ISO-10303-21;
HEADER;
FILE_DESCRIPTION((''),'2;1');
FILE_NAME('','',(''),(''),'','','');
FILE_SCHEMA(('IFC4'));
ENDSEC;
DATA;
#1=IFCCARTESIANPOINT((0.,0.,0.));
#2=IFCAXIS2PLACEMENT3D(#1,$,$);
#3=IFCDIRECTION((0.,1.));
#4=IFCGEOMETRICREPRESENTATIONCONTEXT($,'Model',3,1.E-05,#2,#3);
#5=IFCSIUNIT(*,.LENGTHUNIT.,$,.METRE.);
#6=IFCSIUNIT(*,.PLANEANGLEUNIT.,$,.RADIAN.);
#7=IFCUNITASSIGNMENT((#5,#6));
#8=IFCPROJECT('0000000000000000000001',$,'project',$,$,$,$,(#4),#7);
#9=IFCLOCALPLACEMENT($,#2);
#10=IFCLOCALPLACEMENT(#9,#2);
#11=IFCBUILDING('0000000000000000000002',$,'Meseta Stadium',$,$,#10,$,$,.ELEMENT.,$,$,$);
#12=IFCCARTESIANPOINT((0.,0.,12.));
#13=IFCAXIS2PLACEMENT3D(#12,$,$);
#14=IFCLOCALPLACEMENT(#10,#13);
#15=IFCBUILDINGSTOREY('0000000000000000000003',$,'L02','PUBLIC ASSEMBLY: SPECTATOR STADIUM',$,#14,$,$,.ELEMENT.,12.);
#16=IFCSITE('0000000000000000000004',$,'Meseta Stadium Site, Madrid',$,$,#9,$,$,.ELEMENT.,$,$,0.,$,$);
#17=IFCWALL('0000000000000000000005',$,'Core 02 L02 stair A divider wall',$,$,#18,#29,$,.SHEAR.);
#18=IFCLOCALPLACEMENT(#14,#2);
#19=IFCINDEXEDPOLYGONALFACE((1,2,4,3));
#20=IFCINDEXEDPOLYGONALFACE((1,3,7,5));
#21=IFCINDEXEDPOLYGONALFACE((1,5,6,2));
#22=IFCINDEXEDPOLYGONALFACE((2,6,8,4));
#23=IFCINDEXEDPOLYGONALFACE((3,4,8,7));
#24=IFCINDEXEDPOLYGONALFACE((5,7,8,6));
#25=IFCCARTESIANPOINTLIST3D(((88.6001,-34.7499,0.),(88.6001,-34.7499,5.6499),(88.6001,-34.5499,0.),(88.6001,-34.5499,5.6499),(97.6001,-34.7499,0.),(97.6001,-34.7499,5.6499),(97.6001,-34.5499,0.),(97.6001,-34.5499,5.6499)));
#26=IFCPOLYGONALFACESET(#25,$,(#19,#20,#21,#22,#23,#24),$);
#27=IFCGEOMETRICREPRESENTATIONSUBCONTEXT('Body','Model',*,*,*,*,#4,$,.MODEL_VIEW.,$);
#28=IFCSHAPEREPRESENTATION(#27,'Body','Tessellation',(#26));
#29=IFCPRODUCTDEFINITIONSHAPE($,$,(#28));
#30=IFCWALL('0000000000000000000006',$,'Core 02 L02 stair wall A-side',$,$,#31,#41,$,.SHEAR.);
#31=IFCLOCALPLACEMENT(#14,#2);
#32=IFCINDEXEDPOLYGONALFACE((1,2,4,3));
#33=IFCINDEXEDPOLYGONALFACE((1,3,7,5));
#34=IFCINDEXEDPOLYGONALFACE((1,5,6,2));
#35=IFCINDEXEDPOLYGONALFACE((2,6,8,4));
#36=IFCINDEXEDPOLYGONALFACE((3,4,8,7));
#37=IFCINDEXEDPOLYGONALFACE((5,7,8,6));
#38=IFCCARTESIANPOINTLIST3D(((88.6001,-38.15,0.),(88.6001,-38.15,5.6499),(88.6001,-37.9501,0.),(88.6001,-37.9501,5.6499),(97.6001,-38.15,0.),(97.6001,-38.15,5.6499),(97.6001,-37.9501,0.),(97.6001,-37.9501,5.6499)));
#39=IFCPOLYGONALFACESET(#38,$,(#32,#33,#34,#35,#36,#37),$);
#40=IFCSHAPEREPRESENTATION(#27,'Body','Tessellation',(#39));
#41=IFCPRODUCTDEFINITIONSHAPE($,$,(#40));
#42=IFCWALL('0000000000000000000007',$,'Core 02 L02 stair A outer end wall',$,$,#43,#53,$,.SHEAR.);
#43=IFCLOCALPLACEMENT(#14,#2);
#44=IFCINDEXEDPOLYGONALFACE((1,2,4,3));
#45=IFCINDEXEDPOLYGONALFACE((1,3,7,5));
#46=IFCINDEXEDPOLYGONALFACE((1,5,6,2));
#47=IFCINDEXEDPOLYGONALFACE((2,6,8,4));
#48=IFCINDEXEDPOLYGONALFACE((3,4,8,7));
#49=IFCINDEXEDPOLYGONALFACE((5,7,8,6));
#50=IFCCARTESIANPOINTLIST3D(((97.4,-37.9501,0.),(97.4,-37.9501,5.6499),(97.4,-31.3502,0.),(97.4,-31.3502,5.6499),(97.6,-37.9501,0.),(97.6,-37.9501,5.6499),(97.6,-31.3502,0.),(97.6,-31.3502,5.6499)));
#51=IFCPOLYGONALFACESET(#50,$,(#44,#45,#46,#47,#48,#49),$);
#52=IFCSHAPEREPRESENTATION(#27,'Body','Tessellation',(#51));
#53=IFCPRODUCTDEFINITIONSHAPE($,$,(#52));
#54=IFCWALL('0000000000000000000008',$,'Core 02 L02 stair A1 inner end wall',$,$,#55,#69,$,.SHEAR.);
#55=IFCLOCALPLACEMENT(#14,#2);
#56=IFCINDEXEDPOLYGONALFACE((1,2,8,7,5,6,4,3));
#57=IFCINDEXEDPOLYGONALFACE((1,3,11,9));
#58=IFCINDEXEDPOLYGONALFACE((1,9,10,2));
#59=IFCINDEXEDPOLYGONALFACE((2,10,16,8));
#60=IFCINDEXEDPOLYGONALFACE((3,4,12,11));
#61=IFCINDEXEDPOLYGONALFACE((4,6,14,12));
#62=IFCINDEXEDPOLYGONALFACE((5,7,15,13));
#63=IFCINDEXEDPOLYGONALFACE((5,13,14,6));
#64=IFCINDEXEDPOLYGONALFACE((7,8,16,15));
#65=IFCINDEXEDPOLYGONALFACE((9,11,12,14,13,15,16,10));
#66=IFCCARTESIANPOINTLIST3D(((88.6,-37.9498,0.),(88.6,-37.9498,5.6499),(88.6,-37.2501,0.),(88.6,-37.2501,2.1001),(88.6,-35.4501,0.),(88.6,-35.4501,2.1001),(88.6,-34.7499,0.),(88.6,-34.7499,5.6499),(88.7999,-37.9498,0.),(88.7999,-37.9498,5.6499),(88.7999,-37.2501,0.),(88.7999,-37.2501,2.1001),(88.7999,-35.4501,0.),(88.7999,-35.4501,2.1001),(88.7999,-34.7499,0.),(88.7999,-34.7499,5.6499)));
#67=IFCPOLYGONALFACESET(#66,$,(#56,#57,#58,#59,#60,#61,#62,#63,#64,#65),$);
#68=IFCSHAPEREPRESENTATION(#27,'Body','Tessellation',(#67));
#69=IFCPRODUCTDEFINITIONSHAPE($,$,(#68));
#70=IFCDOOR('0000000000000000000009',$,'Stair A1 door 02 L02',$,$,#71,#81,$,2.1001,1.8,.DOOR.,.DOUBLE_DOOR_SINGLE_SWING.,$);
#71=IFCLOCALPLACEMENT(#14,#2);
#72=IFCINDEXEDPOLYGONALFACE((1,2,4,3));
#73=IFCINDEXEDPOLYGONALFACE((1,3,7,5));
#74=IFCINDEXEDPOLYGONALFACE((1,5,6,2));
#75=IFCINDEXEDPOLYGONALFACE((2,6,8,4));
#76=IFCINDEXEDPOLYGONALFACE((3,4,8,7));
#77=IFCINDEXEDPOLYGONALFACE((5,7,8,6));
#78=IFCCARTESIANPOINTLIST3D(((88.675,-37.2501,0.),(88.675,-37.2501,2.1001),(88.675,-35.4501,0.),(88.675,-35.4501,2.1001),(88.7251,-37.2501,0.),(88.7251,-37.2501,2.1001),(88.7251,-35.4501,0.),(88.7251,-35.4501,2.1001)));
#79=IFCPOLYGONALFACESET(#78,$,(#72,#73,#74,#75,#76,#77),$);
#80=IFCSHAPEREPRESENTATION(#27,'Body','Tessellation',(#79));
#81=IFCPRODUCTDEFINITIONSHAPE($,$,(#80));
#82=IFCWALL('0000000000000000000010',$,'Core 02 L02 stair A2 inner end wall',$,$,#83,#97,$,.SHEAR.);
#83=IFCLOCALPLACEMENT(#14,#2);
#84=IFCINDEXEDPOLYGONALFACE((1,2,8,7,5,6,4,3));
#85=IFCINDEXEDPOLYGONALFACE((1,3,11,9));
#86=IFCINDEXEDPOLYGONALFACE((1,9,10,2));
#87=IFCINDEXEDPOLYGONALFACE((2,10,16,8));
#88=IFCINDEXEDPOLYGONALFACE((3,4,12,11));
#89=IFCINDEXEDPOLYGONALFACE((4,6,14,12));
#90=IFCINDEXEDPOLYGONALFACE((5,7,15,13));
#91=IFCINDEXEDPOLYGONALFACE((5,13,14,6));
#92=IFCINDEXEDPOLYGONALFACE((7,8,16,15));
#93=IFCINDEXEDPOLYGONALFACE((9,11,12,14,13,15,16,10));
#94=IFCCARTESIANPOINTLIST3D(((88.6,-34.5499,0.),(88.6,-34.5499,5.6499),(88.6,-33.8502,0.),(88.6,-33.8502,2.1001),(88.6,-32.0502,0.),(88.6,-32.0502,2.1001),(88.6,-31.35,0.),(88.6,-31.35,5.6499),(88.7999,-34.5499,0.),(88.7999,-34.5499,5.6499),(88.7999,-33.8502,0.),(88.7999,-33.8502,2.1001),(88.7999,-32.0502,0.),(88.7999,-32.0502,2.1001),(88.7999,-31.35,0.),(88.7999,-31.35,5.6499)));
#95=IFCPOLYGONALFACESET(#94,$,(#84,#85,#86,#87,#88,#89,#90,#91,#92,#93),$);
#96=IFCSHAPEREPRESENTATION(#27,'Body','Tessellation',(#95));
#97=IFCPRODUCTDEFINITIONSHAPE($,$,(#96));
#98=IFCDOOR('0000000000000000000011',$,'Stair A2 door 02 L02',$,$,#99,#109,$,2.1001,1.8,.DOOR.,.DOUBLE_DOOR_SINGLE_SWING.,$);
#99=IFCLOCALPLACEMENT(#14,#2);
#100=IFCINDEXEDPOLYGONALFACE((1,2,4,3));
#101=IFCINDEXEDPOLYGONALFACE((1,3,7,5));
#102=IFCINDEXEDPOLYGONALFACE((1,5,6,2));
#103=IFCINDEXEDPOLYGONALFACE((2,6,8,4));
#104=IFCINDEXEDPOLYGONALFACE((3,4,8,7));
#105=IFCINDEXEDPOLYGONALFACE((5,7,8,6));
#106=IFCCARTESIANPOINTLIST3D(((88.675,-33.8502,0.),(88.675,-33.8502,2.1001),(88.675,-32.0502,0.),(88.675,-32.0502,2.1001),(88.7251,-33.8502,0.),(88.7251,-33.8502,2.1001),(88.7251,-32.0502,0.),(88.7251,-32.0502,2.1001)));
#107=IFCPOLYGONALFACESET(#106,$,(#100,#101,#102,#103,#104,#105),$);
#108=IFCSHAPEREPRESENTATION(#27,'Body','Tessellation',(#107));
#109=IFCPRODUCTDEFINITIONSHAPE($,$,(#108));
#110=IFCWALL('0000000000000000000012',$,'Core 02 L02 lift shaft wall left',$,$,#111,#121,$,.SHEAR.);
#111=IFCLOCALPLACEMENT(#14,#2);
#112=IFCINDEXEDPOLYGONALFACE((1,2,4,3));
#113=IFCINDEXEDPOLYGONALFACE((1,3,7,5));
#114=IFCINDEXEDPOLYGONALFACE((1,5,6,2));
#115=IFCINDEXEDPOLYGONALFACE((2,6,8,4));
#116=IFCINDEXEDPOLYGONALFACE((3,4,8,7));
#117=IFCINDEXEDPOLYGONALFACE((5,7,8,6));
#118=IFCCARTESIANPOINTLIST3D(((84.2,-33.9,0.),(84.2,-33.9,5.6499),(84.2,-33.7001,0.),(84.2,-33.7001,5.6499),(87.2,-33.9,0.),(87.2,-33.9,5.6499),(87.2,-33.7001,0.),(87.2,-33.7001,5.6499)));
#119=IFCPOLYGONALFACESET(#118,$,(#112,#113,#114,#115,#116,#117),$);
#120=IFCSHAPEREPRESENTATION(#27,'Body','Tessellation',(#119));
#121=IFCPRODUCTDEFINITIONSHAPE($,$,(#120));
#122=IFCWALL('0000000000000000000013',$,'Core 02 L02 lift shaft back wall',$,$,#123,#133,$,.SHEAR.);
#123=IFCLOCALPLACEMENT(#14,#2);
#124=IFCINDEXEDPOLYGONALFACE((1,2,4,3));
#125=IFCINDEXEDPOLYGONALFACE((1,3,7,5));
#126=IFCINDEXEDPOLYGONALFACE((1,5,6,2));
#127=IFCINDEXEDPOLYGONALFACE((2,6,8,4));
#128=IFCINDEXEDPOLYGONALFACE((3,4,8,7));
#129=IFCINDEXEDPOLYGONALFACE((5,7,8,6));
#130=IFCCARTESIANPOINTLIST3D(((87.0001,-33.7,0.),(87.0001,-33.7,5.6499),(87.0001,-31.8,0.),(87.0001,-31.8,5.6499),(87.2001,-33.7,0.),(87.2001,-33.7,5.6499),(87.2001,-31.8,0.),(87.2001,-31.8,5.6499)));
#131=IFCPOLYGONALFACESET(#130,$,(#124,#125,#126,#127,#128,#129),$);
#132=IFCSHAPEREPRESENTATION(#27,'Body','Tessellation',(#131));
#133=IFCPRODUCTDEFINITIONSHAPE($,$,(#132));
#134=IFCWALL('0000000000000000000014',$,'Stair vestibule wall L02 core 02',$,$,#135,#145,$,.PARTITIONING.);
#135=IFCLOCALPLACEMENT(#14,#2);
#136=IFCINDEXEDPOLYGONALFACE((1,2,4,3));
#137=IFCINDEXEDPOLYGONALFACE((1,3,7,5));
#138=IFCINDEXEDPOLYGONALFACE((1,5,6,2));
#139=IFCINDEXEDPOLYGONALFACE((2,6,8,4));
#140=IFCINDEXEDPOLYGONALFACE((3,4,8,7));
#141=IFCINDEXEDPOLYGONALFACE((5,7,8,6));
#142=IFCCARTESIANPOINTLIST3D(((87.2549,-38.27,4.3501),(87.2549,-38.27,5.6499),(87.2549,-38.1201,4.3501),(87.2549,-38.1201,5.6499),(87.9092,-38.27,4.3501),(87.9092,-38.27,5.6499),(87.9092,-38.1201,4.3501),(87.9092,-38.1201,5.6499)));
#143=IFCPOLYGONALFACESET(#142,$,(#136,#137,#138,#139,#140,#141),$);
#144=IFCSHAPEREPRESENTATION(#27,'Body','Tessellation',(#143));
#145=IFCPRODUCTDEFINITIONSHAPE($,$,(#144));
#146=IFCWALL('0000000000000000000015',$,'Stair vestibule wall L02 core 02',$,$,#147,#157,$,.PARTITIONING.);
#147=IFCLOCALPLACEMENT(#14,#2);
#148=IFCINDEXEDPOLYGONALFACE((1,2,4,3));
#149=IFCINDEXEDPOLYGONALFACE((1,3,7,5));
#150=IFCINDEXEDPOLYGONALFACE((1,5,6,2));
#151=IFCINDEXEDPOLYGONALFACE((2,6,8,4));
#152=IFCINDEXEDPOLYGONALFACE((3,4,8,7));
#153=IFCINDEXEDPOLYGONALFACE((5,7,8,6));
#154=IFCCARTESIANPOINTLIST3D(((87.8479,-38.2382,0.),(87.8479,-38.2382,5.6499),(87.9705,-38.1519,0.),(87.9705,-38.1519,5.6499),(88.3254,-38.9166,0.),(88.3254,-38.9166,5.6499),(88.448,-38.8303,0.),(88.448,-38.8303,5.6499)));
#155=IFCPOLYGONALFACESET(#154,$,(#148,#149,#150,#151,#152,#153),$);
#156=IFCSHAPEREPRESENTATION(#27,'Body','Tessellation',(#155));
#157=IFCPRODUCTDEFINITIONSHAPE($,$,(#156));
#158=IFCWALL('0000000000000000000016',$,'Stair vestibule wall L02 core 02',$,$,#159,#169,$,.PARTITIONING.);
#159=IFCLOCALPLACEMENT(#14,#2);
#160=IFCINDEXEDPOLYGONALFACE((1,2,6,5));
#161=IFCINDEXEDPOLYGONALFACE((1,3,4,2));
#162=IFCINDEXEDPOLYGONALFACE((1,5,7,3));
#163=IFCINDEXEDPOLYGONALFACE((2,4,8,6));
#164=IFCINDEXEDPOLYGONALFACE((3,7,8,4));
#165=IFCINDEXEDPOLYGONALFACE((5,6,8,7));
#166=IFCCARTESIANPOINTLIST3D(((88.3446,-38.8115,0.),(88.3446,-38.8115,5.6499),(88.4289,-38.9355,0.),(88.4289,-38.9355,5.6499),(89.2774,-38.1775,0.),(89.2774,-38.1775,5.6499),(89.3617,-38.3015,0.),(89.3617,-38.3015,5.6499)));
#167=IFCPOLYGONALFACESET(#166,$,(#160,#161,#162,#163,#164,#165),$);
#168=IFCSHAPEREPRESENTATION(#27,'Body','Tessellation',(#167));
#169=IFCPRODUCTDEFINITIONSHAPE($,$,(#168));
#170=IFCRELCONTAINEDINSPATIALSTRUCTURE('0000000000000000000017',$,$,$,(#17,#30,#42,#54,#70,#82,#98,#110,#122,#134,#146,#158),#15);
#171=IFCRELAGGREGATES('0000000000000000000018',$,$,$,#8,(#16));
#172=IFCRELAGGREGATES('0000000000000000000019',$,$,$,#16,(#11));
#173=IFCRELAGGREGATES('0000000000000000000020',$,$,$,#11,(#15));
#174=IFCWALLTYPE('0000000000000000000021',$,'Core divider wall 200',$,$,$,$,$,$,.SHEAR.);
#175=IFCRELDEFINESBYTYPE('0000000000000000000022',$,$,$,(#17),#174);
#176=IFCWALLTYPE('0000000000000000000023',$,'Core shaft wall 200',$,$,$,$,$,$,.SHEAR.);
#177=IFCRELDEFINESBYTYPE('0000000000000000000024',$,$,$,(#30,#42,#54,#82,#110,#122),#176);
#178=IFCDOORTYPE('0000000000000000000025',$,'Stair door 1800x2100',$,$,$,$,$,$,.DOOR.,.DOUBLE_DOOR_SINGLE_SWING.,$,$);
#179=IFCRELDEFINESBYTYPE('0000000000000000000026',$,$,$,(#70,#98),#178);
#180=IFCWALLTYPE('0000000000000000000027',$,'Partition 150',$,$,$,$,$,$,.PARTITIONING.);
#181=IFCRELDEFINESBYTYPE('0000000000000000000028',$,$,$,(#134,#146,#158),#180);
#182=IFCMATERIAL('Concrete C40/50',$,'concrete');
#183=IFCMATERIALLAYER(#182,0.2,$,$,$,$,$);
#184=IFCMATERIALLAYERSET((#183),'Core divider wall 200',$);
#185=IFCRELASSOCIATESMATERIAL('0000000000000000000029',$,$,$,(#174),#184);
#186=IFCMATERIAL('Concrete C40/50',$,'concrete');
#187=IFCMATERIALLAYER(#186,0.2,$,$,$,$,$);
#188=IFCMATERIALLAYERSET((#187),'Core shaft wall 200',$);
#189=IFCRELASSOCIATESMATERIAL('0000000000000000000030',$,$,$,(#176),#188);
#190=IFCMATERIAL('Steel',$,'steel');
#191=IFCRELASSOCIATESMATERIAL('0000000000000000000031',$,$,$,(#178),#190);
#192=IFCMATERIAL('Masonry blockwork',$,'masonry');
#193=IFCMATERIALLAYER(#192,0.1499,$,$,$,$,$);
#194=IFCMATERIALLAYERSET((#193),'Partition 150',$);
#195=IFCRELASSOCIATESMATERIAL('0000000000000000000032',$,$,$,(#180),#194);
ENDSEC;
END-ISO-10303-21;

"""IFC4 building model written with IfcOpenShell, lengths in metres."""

from ifc_helpers import new_model, si_unit, direction, frame, frame_2d, origin, place, context, subcontext, project, spatial, rectangle, extrude, material, layer, layer_set, type_object, element, fill, save


model = new_model("IFC4")

# Units and contexts
model_context = context("Model", 3, precision=1e-05, world=origin(), true_north=direction((0.0, 1.0)))
body_context = subcontext(model_context, "Body", "Model", "MODEL_VIEW")
ifc_project = project(units=[si_unit("LENGTHUNIT", "METRE"), si_unit("PLANEANGLEUNIT", "RADIAN")], contexts=[model_context])

# Site, building, storey
site_placement = place(None, origin())
site = spatial("IfcSite", under=ifc_project, at=site_placement, Name="Meseta Stadium Site, Madrid", CompositionType="ELEMENT", RefElevation=0.0)
building_placement = place(site_placement, origin())
building = spatial("IfcBuilding", under=site, at=building_placement, Name="Meseta Stadium", CompositionType="ELEMENT")
storey_placement = place(building_placement, frame((0.0, 0.0, 12.0)))
storey = spatial("IfcBuildingStorey", under=building, at=storey_placement, Name="L02", Description="PUBLIC ASSEMBLY: SPECTATOR STADIUM", CompositionType="ELEMENT", Elevation=12.0)

# Walls
ifc_material_1 = material(Name="Concrete C40/50", Category="concrete")
ifc_layer_1 = layer(ifc_material_1, 0.2)
ifc_layer_set_1 = layer_set([ifc_layer_1], Name="Core divider wall 200")
wall_type_1 = type_object("IfcWallType", Name="Core divider wall 200", PredefinedType="SHEAR", material=ifc_layer_set_1)
wall_1_placement = place(storey_placement, frame((97.6001, -34.6499, 0.0), z_axis=(0.0, 0.0, 1.0), x_axis=(-1.0, 0.0, 0.0)))
element("IfcWall", 1, at=wall_1_placement, inside=storey, type_object=wall_type_1, Name="Core 02 L02 stair A divider wall", PredefinedType="SHEAR", context=body_context, shape_type="SweptSolid", body=[
    extrude(rectangle(XDim=9.0, YDim=0.2, at=frame_2d((4.5, 0.0))), origin(), (0.0, 0.0, 1.0), 5.6499),
])
ifc_material_2 = material(Name="Concrete C40/50", Category="concrete")
ifc_layer_2 = layer(ifc_material_2, 0.2)
ifc_layer_set_2 = layer_set([ifc_layer_2], Name="Core shaft wall 200")
wall_type_2 = type_object("IfcWallType", Name="Core shaft wall 200", PredefinedType="SHEAR", material=ifc_layer_set_2)
wall_2_placement = place(storey_placement, frame((97.6001, -38.05, 0.0), z_axis=(0.0, 0.0, 1.0), x_axis=(-1.0, 0.0, 0.0)))
element("IfcWall", 2, at=wall_2_placement, inside=storey, type_object=wall_type_2, Name="Core 02 L02 stair wall A-side", PredefinedType="SHEAR", context=body_context, shape_type="SweptSolid", body=[
    extrude(rectangle(XDim=9.0, YDim=0.2, at=frame_2d((4.5, 0.0))), origin(), (0.0, 0.0, 1.0), 5.6499),
])
wall_3_placement = place(storey_placement, frame((97.5, -37.95, 0.0), z_axis=(0.0, 0.0, 1.0), x_axis=(0.0, 1.0, 0.0)))
element("IfcWall", 3, at=wall_3_placement, inside=storey, type_object=wall_type_2, Name="Core 02 L02 stair A outer end wall", PredefinedType="SHEAR", context=body_context, shape_type="SweptSolid", body=[
    extrude(rectangle(XDim=6.5999, YDim=0.2, at=frame_2d((3.2998, 0.0))), origin(), (0.0, 0.0, 1.0), 5.6499),
])

# Walls, openings, doors
wall_4_placement = place(storey_placement, frame((88.7, -37.95, 0.0), z_axis=(0.0, 0.0, 1.0), x_axis=(0.0, 1.0, 0.0)))
wall_4 = element("IfcWall", 4, at=wall_4_placement, inside=storey, type_object=wall_type_2, Name="Core 02 L02 stair A1 inner end wall", PredefinedType="SHEAR", context=body_context, shape_type="SweptSolid", body=[
    extrude(rectangle(XDim=3.2, YDim=0.2, at=frame_2d((1.6001, 0.0))), origin(), (0.0, 0.0, 1.0), 5.6499),
])
opening_1_placement = place(wall_4_placement, frame((0.7, 0.0, 0.0)))
opening_1 = element("IfcOpeningElement", 5, at=opening_1_placement, cuts=wall_4, PredefinedType="OPENING", context=body_context, shape_type="SweptSolid", body=[
    extrude(rectangle(XDim=1.8, YDim=2.1001, at=frame_2d((0.8999, 1.05))), frame((0.0, 0.1099, 0.0), z_axis=(0.0, -1.0, 0.0), x_axis=(1.0, 0.0, 0.0)), (0.0, 0.0, 1.0), 0.22),
])
ifc_material_3 = material(Name="Steel", Category="steel")
door_type = type_object("IfcDoorType", Name="Stair door 1800x2100", OperationType="DOUBLE_DOOR_SINGLE_SWING", PredefinedType="DOOR", material=ifc_material_3)
door_1_placement = place(opening_1_placement, origin())
door_1 = element("IfcDoor", 6, at=door_1_placement, inside=storey, type_object=door_type, Name="Stair A1 door 02 L02", OperationType="DOUBLE_DOOR_SINGLE_SWING", OverallHeight=2.1001, OverallWidth=1.8, PredefinedType="DOOR", context=body_context, shape_type="SweptSolid", body=[
    extrude(rectangle(XDim=1.8, YDim=2.1001, at=frame_2d((0.8999, 1.05))), frame((0.0, 0.0249, 0.0), z_axis=(0.0, -1.0, 0.0), x_axis=(1.0, 0.0, 0.0)), (0.0, 0.0, 1.0), 0.05),
])
fill(opening_1, door_1)
wall_5_placement = place(storey_placement, frame((88.7, -34.55, 0.0), z_axis=(0.0, 0.0, 1.0), x_axis=(0.0, 1.0, 0.0)))
wall_5 = element("IfcWall", 7, at=wall_5_placement, inside=storey, type_object=wall_type_2, Name="Core 02 L02 stair A2 inner end wall", PredefinedType="SHEAR", context=body_context, shape_type="SweptSolid", body=[
    extrude(rectangle(XDim=3.2, YDim=0.2, at=frame_2d((1.6001, 0.0))), origin(), (0.0, 0.0, 1.0), 5.6499),
])
opening_2_placement = place(wall_5_placement, frame((0.7, 0.0, 0.0)))
opening_2 = element("IfcOpeningElement", 8, at=opening_2_placement, cuts=wall_5, PredefinedType="OPENING", context=body_context, shape_type="SweptSolid", body=[
    extrude(rectangle(XDim=1.8, YDim=2.1001, at=frame_2d((0.8999, 1.05))), frame((0.0, 0.1099, 0.0), z_axis=(0.0, -1.0, 0.0), x_axis=(1.0, 0.0, 0.0)), (0.0, 0.0, 1.0), 0.22),
])
door_2_placement = place(opening_2_placement, origin())
door_2 = element("IfcDoor", 9, at=door_2_placement, inside=storey, type_object=door_type, Name="Stair A2 door 02 L02", OperationType="DOUBLE_DOOR_SINGLE_SWING", OverallHeight=2.1001, OverallWidth=1.8, PredefinedType="DOOR", context=body_context, shape_type="SweptSolid", body=[
    extrude(rectangle(XDim=1.8, YDim=2.1001, at=frame_2d((0.8999, 1.05))), frame((0.0, 0.0249, 0.0), z_axis=(0.0, -1.0, 0.0), x_axis=(1.0, 0.0, 0.0)), (0.0, 0.0, 1.0), 0.05),
])
fill(opening_2, door_2)

# Walls
wall_6_placement = place(storey_placement, frame((87.2, -33.8, 0.0), z_axis=(0.0, 0.0, 1.0), x_axis=(-1.0, 0.0, 0.0)))
element("IfcWall", 10, at=wall_6_placement, inside=storey, type_object=wall_type_2, Name="Core 02 L02 lift shaft wall left", PredefinedType="SHEAR", context=body_context, shape_type="SweptSolid", body=[
    extrude(rectangle(XDim=3.0, YDim=0.2, at=frame_2d((1.5, 0.0))), origin(), (0.0, 0.0, 1.0), 5.6499),
])
wall_7_placement = place(storey_placement, frame((87.1001, -33.7, 0.0), z_axis=(0.0, 0.0, 1.0), x_axis=(0.0, 1.0, 0.0)))
element("IfcWall", 11, at=wall_7_placement, inside=storey, type_object=wall_type_2, Name="Core 02 L02 lift shaft back wall", PredefinedType="SHEAR", context=body_context, shape_type="SweptSolid", body=[
    extrude(rectangle(XDim=1.8999, YDim=0.2, at=frame_2d((0.95, 0.0))), origin(), (0.0, 0.0, 1.0), 5.6499),
])
ifc_material_4 = material(Name="Masonry blockwork", Category="masonry")
ifc_layer_3 = layer(ifc_material_4, 0.1499)
ifc_layer_set_3 = layer_set([ifc_layer_3], Name="Partition 150")
wall_type_3 = type_object("IfcWallType", Name="Partition 150", PredefinedType="PARTITIONING", material=ifc_layer_set_3)
wall_8_placement = place(storey_placement, frame((87.2549, -38.1951, 4.3501), z_axis=(0.0, 0.0, 1.0), x_axis=(1.0, 0.0, 0.0)))
element("IfcWall", 12, at=wall_8_placement, inside=storey, type_object=wall_type_3, Name="Stair vestibule wall L02 core 02", PredefinedType="PARTITIONING", context=body_context, shape_type="SweptSolid", body=[
    extrude(rectangle(XDim=0.6543, YDim=0.1499, at=frame_2d((0.3271, 0.0))), origin(), (0.0, 0.0, 1.0), 1.2998),
])
wall_9_placement = place(storey_placement, frame((87.9092, -38.1951, 0.0), z_axis=(0.0, 0.0, 1.0), x_axis=(0.575574, -0.81775, 0.0)))
element("IfcWall", 13, at=wall_9_placement, inside=storey, type_object=wall_type_3, Name="Stair vestibule wall L02 core 02", PredefinedType="PARTITIONING", context=body_context, shape_type="SweptSolid", body=[
    extrude(rectangle(XDim=0.8296, YDim=0.1499, at=frame_2d((0.4148, 0.0))), origin(), (0.0, 0.0, 1.0), 5.6499),
])
wall_10_placement = place(storey_placement, frame((88.3867, -38.8735, 0.0), z_axis=(0.0, 0.0, 1.0), x_axis=(0.827055, 0.562121, 0.0)))
element("IfcWall", 14, at=wall_10_placement, inside=storey, type_object=wall_type_3, Name="Stair vestibule wall L02 core 02", PredefinedType="PARTITIONING", context=body_context, shape_type="SweptSolid", body=[
    extrude(rectangle(XDim=1.1279, YDim=0.1499, at=frame_2d((0.564, 0.0))), origin(), (0.0, 0.0, 1.0), 5.6499),
])

save(model, "model.ifc")
